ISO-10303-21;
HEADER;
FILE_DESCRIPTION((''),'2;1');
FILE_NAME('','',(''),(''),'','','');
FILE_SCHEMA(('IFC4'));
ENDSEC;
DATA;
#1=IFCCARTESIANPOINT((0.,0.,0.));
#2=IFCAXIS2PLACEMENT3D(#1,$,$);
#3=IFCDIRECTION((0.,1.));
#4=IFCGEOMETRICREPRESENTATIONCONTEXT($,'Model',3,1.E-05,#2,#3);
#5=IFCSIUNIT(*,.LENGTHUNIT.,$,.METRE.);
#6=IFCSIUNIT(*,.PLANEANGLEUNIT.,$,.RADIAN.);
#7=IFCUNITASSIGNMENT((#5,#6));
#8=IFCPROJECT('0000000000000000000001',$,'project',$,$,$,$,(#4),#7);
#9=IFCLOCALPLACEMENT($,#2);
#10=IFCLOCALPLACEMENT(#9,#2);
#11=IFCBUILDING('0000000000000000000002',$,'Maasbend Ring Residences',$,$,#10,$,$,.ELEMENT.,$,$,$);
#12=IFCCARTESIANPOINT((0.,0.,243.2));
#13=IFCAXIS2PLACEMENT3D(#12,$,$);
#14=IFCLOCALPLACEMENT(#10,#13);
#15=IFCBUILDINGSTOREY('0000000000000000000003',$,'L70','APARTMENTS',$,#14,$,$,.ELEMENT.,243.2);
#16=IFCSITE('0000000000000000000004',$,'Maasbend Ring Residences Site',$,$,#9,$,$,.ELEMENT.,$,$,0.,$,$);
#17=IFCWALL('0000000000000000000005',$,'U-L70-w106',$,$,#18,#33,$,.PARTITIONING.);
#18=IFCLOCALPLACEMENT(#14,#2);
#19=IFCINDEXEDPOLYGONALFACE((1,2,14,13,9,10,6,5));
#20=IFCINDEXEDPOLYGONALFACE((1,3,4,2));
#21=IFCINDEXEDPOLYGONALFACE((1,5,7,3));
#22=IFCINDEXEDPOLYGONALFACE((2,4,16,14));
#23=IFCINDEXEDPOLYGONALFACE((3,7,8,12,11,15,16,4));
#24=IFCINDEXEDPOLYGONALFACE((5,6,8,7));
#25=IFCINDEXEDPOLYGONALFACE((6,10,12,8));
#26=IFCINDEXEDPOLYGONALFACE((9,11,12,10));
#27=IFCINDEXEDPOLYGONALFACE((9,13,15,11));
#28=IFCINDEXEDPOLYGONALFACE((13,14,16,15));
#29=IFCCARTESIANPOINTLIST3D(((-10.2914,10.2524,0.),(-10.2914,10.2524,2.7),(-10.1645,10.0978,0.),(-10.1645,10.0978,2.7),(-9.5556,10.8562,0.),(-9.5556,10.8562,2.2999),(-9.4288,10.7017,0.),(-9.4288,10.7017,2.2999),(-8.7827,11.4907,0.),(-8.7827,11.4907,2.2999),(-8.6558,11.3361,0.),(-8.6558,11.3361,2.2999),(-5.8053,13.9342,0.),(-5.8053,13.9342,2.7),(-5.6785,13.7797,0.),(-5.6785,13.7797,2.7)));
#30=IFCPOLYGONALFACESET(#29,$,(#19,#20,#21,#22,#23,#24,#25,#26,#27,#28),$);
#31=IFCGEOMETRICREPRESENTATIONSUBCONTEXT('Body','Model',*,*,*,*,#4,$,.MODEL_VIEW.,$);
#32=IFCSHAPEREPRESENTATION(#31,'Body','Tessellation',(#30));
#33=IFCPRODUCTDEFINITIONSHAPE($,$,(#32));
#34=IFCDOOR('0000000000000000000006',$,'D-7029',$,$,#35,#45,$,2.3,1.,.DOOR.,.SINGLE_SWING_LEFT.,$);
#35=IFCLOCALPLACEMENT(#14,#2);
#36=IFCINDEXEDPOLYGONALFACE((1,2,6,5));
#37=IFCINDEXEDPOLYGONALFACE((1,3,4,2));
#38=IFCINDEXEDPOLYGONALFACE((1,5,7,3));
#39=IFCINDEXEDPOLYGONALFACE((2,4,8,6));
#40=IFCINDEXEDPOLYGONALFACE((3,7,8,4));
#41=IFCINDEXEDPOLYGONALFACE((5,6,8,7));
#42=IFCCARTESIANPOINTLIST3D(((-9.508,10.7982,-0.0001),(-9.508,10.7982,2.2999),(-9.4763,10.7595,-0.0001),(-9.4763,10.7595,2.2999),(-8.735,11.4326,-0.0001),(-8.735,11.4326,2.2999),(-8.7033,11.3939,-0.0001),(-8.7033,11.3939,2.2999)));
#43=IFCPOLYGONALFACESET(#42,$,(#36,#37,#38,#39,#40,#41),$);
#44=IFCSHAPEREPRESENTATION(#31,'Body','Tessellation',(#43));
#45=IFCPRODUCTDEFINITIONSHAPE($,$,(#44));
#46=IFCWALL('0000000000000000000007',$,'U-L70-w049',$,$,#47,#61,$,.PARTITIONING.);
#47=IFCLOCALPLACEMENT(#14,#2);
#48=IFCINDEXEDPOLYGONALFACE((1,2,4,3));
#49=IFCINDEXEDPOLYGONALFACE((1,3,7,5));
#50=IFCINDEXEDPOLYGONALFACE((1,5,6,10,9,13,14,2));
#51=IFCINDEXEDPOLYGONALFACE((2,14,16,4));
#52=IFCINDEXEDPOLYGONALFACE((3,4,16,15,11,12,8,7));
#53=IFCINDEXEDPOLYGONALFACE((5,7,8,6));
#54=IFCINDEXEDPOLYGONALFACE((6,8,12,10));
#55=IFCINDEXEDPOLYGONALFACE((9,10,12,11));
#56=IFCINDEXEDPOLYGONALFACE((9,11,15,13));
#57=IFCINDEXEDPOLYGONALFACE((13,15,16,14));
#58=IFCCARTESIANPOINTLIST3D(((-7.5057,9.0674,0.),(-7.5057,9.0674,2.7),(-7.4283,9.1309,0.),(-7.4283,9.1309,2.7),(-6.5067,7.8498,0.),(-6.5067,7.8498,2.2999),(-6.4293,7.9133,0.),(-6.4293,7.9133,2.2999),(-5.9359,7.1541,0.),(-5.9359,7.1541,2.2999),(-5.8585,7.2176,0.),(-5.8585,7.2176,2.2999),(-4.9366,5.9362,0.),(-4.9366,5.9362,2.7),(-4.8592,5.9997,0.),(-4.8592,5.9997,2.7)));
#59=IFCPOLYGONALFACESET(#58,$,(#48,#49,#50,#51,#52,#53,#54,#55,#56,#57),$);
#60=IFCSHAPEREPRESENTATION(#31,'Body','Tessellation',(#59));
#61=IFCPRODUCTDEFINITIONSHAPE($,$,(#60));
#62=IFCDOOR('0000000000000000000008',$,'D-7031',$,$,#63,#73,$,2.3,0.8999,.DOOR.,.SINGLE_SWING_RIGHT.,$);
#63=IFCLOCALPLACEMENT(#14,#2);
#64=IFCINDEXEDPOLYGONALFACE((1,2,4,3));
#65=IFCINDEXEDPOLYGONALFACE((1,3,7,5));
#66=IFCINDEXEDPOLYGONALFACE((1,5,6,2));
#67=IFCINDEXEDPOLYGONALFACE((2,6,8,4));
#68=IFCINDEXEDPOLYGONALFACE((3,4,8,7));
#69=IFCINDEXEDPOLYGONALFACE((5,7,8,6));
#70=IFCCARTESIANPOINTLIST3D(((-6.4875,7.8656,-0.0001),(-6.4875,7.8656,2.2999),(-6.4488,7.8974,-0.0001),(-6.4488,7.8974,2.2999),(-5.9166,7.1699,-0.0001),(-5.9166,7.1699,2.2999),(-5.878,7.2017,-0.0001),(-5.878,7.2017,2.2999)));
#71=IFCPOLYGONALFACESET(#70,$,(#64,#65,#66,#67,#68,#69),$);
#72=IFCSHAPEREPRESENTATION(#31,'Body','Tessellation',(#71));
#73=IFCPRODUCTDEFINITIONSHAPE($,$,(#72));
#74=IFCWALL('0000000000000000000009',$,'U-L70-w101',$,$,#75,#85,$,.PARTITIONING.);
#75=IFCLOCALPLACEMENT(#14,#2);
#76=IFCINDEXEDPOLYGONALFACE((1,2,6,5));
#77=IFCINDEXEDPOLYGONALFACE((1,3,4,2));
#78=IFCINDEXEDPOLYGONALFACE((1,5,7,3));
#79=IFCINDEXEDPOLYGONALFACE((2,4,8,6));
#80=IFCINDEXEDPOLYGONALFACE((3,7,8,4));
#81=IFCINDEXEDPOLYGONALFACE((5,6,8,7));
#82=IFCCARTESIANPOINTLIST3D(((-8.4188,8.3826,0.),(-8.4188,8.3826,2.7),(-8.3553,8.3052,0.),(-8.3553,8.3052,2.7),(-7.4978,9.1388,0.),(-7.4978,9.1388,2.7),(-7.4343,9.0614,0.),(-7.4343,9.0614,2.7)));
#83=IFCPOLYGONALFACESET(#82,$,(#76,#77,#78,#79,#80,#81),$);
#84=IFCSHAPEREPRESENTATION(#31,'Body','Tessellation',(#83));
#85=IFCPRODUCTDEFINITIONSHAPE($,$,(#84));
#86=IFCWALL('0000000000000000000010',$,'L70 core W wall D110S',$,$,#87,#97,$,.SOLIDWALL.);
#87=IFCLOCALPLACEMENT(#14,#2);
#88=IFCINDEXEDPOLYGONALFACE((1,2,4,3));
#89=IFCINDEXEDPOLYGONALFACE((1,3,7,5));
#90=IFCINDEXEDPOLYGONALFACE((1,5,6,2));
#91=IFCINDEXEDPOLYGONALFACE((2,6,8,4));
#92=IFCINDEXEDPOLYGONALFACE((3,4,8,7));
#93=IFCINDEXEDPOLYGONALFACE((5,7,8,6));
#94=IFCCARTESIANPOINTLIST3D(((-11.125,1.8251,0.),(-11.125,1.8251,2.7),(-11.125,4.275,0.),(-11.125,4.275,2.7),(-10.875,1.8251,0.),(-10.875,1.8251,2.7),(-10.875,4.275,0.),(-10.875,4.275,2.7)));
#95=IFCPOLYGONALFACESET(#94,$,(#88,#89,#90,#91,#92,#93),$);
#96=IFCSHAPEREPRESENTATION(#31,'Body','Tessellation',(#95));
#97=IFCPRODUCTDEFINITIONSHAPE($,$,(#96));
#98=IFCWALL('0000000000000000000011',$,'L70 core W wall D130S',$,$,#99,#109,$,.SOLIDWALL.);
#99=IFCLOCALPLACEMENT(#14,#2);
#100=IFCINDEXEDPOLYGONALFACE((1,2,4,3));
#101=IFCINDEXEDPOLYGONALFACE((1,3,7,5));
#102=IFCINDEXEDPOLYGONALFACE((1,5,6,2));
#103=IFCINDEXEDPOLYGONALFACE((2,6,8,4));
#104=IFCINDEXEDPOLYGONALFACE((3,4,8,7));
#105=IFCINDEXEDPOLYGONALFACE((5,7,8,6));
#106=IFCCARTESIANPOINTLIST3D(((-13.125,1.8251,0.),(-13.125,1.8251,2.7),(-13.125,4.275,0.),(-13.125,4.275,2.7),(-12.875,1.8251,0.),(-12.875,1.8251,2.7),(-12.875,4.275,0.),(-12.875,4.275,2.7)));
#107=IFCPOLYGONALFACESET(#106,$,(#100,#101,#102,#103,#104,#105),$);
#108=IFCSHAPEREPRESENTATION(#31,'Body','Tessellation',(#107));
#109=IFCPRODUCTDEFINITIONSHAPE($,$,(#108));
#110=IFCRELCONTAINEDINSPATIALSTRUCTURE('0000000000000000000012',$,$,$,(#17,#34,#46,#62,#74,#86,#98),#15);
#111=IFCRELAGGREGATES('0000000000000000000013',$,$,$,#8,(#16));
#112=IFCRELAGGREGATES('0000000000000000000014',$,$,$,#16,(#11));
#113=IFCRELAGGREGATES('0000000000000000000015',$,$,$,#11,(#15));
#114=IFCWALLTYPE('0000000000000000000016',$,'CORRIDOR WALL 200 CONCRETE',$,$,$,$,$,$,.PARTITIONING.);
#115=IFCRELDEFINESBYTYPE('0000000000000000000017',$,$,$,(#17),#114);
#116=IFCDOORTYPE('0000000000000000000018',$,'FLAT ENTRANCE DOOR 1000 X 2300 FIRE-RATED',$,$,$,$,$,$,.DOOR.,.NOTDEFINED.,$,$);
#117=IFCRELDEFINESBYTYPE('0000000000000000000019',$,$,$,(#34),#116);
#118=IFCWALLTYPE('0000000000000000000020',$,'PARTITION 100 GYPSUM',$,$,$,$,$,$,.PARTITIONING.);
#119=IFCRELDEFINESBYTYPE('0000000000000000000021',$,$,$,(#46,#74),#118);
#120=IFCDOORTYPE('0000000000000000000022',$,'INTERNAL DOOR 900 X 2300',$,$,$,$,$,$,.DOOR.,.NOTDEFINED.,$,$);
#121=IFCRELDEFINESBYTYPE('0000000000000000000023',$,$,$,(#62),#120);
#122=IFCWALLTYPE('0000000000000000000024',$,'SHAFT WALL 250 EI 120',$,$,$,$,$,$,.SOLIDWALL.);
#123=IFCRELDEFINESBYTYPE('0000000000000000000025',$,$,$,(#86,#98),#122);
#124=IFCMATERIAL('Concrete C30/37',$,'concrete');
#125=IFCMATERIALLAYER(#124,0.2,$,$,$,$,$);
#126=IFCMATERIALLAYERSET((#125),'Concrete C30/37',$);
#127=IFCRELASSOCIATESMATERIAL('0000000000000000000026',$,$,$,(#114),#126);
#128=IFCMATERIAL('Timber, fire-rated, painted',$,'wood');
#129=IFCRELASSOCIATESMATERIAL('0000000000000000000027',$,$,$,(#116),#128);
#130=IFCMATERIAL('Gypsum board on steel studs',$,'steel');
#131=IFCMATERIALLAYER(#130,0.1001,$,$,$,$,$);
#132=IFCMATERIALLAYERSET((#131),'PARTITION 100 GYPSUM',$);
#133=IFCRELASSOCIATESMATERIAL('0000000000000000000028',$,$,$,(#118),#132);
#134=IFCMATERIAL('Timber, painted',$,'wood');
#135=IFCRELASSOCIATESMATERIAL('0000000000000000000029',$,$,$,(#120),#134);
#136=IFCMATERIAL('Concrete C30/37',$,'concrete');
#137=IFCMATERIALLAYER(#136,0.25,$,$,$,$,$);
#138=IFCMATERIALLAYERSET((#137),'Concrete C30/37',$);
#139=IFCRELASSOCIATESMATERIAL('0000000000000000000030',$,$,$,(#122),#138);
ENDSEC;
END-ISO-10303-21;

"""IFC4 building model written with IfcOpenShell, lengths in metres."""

from ifc_helpers import new_model, si_unit, direction, frame, frame_2d, origin, place, context, subcontext, project, spatial, rectangle, extrude, material, layer, layer_set, type_object, element, fill, save


model = new_model("IFC4")

# Units and contexts
model_context = context("Model", 3, precision=1e-05, world=origin(), true_north=direction((0.0, 1.0)))
body_context = subcontext(model_context, "Body", "Model", "MODEL_VIEW")
ifc_project = project(units=[si_unit("LENGTHUNIT", "METRE"), si_unit("PLANEANGLEUNIT", "RADIAN")], contexts=[model_context])

# Site, building, storey
site_placement = place(None, origin())
site = spatial("IfcSite", under=ifc_project, at=site_placement, Name="Maasbend Ring Residences Site", CompositionType="ELEMENT", RefElevation=0.0)
building_placement = place(site_placement, origin())
building = spatial("IfcBuilding", under=site, at=building_placement, Name="Maasbend Ring Residences", CompositionType="ELEMENT")
storey_placement = place(building_placement, frame((0.0, 0.0, 243.2)))
storey = spatial("IfcBuildingStorey", under=building, at=storey_placement, Name="L70", Description="APARTMENTS", CompositionType="ELEMENT", Elevation=243.2)

# Walls, openings, doors
ifc_material_1 = material(Name="Concrete C30/37", Category="concrete")
ifc_layer_1 = layer(ifc_material_1, 0.2)
ifc_layer_set_1 = layer_set([ifc_layer_1], Name="Concrete C30/37")
wall_type_1 = type_object("IfcWallType", Name="CORRIDOR WALL 200 CONCRETE", PredefinedType="PARTITIONING", material=ifc_layer_set_1)
wall_1_placement = place(storey_placement, frame((-10.228, 10.175, 0.0), z_axis=(0.0, 0.0, 1.0), x_axis=(0.772989, 0.634419, 0.0)))
wall_1 = element("IfcWall", 1, at=wall_1_placement, inside=storey, type_object=wall_type_1, Name="U-L70-w106", PredefinedType="PARTITIONING", context=body_context, shape_type="SweptSolid", body=[
    extrude(rectangle(XDim=5.8035, YDim=0.2, at=frame_2d((2.9019, 0.0))), origin(), (0.0, 0.0, 1.0), 2.7),
])
opening_1_placement = place(wall_1_placement, frame((0.9519, 0.0, 0.0)))
opening_1 = element("IfcOpeningElement", 2, at=opening_1_placement, cuts=wall_1, PredefinedType="OPENING", context=body_context, shape_type="SweptSolid", body=[
    extrude(rectangle(XDim=1.0, YDim=2.3, at=frame_2d((0.5, 1.1499))), frame((0.0, 0.1099, 0.0), z_axis=(0.0, -1.0, 0.0), x_axis=(1.0, 0.0, 0.0)), (0.0, 0.0, 1.0), 0.22),
])
ifc_material_2 = material(Name="Timber, fire-rated, painted", Category="wood")
door_type_1 = type_object("IfcDoorType", Name="FLAT ENTRANCE DOOR 1000 X 2300 FIRE-RATED", OperationType="NOTDEFINED", PredefinedType="DOOR", material=ifc_material_2)
door_1_placement = place(opening_1_placement, origin())
door_1 = element("IfcDoor", 3, at=door_1_placement, inside=storey, type_object=door_type_1, Name="D-7029", OperationType="SINGLE_SWING_LEFT", OverallHeight=2.3, OverallWidth=1.0, PredefinedType="DOOR", context=body_context, shape_type="SweptSolid", body=[
    extrude(rectangle(XDim=1.0, YDim=2.3, at=frame_2d((0.5, 1.1499))), frame((0.0, 0.0249, 0.0), z_axis=(0.0, -1.0, 0.0), x_axis=(1.0, 0.0, 0.0)), (0.0, 0.0, 1.0), 0.05),
])
fill(opening_1, door_1)
ifc_material_3 = material(Name="Gypsum board on steel studs", Category="steel")
ifc_layer_2 = layer(ifc_material_3, 0.1001)
ifc_layer_set_2 = layer_set([ifc_layer_2], Name="PARTITION 100 GYPSUM")
wall_type_2 = type_object("IfcWallType", Name="PARTITION 100 GYPSUM", PredefinedType="PARTITIONING", material=ifc_layer_set_2)
wall_2_placement = place(storey_placement, frame((-7.467, 9.0991, 0.0), z_axis=(0.0, 0.0, 1.0), x_axis=(0.634314, -0.773076, 0.0)))
wall_2 = element("IfcWall", 4, at=wall_2_placement, inside=storey, type_object=wall_type_2, Name="U-L70-w049", PredefinedType="PARTITIONING", context=body_context, shape_type="SweptSolid", body=[
    extrude(rectangle(XDim=4.0503, YDim=0.1001, at=frame_2d((2.0251, 0.0))), origin(), (0.0, 0.0, 1.0), 2.7),
])
opening_2_placement = place(wall_2_placement, frame((1.575, 0.0, 0.0)))
opening_2 = element("IfcOpeningElement", 5, at=opening_2_placement, cuts=wall_2, PredefinedType="OPENING", context=body_context, shape_type="SweptSolid", body=[
    extrude(rectangle(XDim=0.8999, YDim=2.3, at=frame_2d((0.45, 1.1499))), frame((0.0, 0.0601, 0.0), z_axis=(0.0, -1.0, 0.0), x_axis=(1.0, 0.0, 0.0)), (0.0, 0.0, 1.0), 0.1201),
])
ifc_material_4 = material(Name="Timber, painted", Category="wood")
door_type_2 = type_object("IfcDoorType", Name="INTERNAL DOOR 900 X 2300", OperationType="NOTDEFINED", PredefinedType="DOOR", material=ifc_material_4)
door_2_placement = place(opening_2_placement, origin())
door_2 = element("IfcDoor", 6, at=door_2_placement, inside=storey, type_object=door_type_2, Name="D-7031", OperationType="SINGLE_SWING_RIGHT", OverallHeight=2.3, OverallWidth=0.8999, PredefinedType="DOOR", context=body_context, shape_type="SweptSolid", body=[
    extrude(rectangle(XDim=0.8999, YDim=2.3, at=frame_2d((0.45, 1.1499))), frame((0.0, 0.0249, 0.0), z_axis=(0.0, -1.0, 0.0), x_axis=(1.0, 0.0, 0.0)), (0.0, 0.0, 1.0), 0.05),
])
fill(opening_2, door_2)

# Walls
wall_3_placement = place(storey_placement, frame((-8.387, 8.344, 0.0), z_axis=(0.0, 0.0, 1.0), x_axis=(0.77287, 0.634565, 0.0)))
element("IfcWall", 7, at=wall_3_placement, inside=storey, type_object=wall_type_2, Name="U-L70-w101", PredefinedType="PARTITIONING", context=body_context, shape_type="SweptSolid", body=[
    extrude(rectangle(XDim=1.1917, YDim=0.1001, at=frame_2d((0.5957, 0.0))), origin(), (0.0, 0.0, 1.0), 2.7),
])
ifc_material_5 = material(Name="Concrete C30/37", Category="concrete")
ifc_layer_3 = layer(ifc_material_5, 0.25)
ifc_layer_set_3 = layer_set([ifc_layer_3], Name="Concrete C30/37")
wall_type_3 = type_object("IfcWallType", Name="SHAFT WALL 250 EI 120", PredefinedType="SOLIDWALL", material=ifc_layer_set_3)
for number, where, z_axis, x_axis, name in (
    (8, (-11.0, 1.825, 0.0), (0.0, 0.0, 1.0), (0.0, 1.0, 0.0), "L70 core W wall D110S"),
    (9, (-13.0, 1.825, 0.0), (0.0, 0.0, 1.0), (0.0, 1.0, 0.0), "L70 core W wall D130S"),
):
    element("IfcWall", number, at=place(storey_placement, frame(where, z_axis=z_axis, x_axis=x_axis)), inside=storey, type_object=wall_type_3, Name=name, PredefinedType="SOLIDWALL", context=body_context, shape_type="SweptSolid", body=[
        extrude(rectangle(XDim=2.45, YDim=0.25, at=frame_2d((1.2251, 0.0))), origin(), (0.0, 0.0, 1.0), 2.7),
    ])

save(model, "model.ifc")
